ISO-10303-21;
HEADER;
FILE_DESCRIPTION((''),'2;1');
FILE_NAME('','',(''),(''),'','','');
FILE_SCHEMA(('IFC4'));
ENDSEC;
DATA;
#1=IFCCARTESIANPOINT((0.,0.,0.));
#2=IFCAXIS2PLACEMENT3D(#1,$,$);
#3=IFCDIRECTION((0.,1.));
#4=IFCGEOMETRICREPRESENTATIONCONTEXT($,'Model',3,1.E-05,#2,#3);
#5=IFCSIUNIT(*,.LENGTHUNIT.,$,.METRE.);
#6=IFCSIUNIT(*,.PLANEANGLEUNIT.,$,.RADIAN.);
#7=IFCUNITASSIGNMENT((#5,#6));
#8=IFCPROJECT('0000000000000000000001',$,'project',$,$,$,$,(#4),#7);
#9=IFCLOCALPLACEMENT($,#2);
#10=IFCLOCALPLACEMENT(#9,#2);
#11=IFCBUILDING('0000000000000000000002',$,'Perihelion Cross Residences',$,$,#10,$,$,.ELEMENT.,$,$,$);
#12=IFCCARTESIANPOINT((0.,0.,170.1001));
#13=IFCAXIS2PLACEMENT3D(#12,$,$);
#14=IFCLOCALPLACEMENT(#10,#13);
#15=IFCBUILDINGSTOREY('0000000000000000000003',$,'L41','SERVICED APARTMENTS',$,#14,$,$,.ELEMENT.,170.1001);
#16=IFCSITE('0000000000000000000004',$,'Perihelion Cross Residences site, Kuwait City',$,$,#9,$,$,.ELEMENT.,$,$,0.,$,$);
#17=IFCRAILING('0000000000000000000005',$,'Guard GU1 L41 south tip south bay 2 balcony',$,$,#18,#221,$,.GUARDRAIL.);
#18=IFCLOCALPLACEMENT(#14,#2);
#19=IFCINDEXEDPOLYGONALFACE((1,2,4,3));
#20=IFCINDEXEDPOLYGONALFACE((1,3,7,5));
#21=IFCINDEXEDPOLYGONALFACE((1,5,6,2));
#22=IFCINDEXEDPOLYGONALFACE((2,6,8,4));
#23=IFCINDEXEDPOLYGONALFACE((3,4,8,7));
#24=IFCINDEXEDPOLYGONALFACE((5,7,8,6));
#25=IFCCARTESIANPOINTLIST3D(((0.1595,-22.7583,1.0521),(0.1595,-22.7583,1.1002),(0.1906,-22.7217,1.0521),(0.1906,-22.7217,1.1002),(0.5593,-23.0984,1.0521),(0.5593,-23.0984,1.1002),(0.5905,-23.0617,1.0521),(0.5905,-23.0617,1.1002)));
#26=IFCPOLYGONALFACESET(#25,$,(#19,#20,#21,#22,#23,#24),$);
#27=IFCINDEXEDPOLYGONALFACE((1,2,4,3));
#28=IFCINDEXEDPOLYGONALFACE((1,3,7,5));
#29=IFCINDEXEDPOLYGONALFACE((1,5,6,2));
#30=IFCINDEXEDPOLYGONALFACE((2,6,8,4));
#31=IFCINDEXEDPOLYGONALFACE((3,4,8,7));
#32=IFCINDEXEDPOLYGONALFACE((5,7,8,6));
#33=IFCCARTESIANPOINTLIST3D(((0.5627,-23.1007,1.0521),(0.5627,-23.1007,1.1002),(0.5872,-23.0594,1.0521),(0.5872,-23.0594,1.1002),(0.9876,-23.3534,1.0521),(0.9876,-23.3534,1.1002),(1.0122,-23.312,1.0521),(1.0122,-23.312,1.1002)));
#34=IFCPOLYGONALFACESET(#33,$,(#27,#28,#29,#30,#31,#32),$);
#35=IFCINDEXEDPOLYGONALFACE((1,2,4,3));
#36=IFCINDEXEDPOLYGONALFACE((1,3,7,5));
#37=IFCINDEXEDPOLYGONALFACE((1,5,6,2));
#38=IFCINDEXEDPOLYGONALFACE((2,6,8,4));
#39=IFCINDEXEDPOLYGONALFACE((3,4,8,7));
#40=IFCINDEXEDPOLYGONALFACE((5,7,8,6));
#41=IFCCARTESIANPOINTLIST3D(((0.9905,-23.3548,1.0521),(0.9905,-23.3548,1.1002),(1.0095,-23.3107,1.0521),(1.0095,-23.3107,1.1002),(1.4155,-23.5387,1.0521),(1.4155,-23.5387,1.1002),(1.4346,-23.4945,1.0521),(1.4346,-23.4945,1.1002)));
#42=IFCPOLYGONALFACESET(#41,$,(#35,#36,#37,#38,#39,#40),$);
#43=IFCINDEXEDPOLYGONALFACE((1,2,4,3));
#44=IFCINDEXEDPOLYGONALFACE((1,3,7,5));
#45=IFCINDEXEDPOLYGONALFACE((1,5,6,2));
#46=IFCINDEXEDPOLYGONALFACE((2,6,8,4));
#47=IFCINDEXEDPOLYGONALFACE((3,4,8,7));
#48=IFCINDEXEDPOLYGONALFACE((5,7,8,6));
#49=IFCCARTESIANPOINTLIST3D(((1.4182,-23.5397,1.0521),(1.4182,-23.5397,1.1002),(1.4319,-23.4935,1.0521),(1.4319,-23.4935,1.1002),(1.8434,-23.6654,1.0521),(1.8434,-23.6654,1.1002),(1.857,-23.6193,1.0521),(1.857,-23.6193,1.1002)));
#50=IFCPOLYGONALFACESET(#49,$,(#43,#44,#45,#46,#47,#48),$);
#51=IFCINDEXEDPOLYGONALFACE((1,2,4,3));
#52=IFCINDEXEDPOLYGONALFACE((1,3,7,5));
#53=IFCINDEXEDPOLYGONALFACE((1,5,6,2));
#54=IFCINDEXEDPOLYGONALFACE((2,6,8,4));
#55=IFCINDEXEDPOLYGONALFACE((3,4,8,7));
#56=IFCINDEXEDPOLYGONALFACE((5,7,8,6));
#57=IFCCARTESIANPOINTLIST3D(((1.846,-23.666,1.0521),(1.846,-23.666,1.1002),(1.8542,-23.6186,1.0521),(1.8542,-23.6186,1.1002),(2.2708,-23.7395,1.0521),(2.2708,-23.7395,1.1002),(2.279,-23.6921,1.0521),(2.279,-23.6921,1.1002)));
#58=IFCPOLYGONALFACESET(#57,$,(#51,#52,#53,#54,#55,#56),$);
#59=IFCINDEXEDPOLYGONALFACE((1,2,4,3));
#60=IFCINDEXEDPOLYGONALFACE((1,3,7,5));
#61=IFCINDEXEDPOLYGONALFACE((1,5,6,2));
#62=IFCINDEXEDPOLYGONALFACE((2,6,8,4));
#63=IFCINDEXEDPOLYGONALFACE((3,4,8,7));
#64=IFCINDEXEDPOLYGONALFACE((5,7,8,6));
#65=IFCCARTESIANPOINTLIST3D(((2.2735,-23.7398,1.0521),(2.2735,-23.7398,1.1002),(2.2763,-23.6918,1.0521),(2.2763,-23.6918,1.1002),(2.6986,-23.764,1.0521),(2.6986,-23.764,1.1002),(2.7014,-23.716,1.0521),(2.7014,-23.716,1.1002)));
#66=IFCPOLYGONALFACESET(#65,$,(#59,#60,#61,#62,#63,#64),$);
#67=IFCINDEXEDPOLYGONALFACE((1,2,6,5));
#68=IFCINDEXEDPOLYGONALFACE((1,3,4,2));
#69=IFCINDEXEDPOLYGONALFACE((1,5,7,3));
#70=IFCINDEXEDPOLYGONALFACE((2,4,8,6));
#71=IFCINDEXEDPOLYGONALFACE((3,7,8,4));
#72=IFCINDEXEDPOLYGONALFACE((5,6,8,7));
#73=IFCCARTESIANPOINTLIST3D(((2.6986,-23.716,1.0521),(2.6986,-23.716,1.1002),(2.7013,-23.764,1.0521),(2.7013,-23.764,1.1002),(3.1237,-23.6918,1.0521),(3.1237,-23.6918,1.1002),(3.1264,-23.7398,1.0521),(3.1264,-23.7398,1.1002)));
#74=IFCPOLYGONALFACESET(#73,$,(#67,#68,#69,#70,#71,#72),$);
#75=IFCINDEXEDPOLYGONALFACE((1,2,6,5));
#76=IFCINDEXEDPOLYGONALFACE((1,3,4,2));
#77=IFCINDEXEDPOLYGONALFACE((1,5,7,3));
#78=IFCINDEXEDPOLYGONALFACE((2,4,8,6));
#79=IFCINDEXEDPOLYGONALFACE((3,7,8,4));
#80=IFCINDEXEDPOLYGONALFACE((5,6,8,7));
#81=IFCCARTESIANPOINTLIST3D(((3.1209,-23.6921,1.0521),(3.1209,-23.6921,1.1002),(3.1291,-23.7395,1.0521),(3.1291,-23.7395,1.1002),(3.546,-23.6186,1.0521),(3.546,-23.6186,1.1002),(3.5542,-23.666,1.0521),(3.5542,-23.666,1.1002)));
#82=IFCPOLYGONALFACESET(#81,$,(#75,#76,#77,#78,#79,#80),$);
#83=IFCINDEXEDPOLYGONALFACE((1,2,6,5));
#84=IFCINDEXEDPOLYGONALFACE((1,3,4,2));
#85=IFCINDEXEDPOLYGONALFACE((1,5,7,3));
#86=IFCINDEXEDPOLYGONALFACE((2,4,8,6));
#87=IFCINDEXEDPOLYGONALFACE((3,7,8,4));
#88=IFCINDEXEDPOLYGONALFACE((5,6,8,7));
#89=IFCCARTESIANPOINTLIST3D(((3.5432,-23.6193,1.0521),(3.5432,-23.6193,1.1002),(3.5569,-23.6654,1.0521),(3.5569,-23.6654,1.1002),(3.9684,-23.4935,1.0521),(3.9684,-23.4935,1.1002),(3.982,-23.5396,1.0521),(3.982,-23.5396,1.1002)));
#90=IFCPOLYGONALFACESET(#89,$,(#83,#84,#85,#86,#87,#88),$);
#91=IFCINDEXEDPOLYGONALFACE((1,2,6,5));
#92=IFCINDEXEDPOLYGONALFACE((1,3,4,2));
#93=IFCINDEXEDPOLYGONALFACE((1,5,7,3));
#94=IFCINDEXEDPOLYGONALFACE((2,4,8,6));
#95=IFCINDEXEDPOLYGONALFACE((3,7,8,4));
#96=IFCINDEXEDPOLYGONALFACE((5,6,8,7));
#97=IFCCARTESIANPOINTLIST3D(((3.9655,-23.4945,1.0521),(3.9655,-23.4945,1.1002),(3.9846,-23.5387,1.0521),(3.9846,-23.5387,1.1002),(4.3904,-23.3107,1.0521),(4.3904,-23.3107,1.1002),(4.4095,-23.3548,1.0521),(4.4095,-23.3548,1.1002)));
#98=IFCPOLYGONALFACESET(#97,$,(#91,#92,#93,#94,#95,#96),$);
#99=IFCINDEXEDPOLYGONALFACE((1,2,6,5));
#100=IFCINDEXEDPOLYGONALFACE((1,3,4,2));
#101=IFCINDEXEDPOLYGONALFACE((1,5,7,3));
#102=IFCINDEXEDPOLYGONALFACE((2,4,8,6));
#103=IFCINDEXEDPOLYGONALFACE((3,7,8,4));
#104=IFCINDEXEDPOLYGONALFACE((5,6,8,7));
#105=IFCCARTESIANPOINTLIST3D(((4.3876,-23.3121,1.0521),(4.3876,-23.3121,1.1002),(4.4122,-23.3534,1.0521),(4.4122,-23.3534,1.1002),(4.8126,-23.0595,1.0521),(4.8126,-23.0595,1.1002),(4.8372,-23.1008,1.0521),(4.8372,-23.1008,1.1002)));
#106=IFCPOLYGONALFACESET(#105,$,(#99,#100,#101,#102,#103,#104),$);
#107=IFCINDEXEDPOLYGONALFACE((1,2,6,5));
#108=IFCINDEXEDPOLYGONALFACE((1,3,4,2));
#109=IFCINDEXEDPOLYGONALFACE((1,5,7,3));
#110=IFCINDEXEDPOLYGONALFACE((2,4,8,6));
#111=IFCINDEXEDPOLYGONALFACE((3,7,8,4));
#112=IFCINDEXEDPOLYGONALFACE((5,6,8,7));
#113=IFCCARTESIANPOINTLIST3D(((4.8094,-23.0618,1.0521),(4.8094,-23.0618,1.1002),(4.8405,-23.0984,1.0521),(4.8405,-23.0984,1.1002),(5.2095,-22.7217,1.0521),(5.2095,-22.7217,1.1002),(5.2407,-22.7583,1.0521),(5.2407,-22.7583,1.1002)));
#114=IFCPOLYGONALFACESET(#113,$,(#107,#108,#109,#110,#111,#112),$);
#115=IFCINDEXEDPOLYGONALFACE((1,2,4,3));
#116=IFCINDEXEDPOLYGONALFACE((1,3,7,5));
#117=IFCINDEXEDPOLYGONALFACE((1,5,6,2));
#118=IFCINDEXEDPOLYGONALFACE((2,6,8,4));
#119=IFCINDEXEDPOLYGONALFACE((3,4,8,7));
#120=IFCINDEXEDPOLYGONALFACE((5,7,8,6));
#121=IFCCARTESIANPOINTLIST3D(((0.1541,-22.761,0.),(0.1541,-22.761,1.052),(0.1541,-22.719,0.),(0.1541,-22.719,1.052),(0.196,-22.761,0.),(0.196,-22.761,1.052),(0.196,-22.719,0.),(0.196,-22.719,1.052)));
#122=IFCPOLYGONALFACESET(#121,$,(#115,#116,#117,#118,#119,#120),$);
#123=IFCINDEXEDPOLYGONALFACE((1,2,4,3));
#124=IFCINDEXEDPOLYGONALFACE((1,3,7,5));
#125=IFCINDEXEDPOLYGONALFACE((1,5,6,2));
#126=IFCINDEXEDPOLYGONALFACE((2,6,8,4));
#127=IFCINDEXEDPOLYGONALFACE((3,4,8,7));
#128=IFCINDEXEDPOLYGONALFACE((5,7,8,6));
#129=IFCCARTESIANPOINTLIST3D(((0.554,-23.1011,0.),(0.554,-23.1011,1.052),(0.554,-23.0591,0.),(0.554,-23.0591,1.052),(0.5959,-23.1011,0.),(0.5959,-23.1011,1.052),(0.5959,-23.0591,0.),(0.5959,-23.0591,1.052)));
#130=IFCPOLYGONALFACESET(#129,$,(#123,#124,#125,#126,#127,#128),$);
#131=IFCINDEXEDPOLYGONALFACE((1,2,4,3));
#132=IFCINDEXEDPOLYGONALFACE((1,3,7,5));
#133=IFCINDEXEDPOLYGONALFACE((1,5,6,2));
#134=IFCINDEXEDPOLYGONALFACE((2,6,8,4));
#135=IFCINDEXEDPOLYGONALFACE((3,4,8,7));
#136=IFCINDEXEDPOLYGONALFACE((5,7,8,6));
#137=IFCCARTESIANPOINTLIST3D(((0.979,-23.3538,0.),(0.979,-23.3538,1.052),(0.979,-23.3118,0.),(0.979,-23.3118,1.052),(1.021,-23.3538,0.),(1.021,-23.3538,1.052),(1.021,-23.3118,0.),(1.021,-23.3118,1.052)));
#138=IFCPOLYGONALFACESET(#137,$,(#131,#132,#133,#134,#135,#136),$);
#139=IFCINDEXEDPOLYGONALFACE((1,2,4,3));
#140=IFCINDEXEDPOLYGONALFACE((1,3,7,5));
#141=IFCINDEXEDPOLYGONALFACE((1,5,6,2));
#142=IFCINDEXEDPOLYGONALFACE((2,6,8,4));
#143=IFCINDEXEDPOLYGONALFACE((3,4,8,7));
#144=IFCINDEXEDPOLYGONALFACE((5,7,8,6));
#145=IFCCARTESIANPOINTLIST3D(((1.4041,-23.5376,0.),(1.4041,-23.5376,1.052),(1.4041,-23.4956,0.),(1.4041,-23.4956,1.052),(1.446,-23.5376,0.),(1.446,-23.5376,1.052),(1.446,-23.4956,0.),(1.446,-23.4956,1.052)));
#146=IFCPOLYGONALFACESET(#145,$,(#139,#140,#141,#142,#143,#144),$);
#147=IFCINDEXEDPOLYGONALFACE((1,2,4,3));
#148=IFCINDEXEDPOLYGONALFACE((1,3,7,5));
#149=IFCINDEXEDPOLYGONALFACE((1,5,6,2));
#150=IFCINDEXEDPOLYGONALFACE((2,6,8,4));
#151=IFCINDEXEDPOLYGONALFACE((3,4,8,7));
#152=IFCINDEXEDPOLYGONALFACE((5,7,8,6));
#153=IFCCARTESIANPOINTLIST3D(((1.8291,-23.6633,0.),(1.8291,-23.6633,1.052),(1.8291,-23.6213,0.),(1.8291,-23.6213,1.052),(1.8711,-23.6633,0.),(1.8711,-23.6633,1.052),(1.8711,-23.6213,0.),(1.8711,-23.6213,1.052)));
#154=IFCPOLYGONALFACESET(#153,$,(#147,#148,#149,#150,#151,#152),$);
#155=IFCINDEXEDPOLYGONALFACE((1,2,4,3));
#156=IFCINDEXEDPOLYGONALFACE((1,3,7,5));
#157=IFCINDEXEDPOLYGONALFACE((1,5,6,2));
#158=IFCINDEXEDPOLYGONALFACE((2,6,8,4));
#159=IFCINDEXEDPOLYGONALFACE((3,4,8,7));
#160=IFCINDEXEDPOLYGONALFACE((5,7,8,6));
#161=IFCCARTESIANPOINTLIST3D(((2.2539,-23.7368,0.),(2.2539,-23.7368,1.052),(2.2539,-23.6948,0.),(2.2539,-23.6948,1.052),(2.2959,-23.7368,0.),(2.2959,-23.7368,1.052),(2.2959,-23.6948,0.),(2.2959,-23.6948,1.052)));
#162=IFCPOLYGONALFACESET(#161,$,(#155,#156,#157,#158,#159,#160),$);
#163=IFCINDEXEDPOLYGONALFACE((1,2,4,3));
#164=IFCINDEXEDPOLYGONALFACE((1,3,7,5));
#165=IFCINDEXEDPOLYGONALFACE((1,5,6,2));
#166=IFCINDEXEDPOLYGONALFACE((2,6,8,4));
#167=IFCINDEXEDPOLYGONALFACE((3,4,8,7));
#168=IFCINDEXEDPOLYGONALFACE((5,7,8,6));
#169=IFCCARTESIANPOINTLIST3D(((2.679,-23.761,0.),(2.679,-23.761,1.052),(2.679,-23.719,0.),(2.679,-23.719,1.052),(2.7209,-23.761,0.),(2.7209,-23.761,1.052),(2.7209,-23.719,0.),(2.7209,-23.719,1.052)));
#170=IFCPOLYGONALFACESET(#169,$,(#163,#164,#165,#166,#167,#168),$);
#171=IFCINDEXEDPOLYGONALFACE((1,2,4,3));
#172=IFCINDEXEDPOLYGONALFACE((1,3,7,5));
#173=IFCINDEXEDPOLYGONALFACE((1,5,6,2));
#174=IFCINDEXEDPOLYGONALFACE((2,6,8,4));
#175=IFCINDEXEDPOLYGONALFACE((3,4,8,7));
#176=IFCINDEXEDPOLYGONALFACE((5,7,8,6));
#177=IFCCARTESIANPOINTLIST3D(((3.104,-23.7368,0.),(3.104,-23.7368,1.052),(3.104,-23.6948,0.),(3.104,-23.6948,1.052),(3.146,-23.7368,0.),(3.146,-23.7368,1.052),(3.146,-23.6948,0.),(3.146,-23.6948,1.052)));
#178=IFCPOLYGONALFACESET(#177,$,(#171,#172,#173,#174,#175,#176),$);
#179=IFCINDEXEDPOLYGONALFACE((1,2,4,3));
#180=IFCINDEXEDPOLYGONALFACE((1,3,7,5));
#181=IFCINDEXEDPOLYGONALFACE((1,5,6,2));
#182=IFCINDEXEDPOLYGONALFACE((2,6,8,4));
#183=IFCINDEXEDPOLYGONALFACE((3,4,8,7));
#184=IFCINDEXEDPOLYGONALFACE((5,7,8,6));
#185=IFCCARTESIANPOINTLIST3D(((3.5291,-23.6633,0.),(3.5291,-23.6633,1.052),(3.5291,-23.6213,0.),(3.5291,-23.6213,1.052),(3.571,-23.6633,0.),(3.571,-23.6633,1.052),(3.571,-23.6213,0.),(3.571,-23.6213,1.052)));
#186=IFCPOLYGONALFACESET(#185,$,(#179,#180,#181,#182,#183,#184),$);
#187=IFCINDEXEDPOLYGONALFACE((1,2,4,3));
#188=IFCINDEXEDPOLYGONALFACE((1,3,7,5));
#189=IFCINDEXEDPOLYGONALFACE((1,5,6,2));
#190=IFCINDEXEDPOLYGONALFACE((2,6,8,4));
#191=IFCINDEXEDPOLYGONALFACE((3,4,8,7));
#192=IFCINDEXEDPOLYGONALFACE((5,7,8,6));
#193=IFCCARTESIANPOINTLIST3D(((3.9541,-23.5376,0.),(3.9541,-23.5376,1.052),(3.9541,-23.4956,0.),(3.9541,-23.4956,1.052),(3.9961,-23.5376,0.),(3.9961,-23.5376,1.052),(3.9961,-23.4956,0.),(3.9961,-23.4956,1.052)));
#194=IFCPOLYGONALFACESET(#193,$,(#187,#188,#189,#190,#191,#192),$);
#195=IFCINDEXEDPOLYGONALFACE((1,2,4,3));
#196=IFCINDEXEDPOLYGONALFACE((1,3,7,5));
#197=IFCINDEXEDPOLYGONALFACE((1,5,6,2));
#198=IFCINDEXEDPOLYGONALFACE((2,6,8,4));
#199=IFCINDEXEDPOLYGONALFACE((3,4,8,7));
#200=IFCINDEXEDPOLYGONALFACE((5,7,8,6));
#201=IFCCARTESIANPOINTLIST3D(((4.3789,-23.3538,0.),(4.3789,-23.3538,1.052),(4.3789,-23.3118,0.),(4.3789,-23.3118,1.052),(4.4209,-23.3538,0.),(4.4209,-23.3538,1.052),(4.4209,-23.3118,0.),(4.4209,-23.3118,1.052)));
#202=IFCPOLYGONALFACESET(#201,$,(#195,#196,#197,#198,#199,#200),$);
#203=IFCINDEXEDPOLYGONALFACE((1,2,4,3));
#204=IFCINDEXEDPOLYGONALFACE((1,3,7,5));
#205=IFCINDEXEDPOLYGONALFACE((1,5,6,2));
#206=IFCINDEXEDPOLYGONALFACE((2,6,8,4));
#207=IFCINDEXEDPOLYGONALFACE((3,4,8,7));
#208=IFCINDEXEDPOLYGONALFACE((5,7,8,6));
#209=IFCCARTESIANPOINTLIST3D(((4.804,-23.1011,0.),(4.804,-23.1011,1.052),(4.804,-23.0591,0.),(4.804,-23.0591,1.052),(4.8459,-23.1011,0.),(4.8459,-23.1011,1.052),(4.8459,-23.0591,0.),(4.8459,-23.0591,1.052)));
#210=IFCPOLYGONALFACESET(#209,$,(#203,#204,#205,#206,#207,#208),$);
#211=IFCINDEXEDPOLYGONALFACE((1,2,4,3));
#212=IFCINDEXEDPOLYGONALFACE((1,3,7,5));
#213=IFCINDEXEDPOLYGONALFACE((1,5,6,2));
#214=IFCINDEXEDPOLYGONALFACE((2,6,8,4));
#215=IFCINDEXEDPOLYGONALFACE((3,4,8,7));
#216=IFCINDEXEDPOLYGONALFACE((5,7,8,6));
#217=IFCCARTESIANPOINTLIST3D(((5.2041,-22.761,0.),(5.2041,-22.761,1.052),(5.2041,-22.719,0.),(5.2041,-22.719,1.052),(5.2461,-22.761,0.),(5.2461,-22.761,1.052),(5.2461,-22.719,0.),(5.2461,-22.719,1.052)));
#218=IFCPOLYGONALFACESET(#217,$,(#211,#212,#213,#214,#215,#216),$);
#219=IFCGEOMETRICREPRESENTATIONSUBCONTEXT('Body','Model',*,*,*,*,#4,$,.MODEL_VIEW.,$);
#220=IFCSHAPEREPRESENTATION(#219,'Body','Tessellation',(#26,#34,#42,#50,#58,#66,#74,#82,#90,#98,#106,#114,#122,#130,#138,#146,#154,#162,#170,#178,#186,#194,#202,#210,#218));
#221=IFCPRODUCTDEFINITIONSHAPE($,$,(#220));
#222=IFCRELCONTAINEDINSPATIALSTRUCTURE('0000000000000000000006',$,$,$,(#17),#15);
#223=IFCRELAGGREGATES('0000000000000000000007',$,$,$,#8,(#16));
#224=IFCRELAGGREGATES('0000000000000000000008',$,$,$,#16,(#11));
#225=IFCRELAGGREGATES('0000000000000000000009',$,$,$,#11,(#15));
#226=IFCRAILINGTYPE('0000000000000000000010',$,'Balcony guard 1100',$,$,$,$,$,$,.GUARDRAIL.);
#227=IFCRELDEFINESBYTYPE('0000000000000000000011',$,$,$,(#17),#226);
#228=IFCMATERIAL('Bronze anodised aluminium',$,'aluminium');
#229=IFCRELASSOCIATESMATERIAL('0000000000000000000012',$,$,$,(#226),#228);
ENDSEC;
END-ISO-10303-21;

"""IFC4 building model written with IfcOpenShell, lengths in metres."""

from ifc_helpers import new_model, si_unit, direction, frame, origin, origin_2d, place, context, subcontext, project, spatial, rectangle, extrude, material, type_object, element, save


model = new_model("IFC4")

# Units and contexts
model_context = context("Model", 3, precision=1e-05, world=origin(), true_north=direction((0.0, 1.0)))
body_context = subcontext(model_context, "Body", "Model", "MODEL_VIEW")
ifc_project = project(units=[si_unit("LENGTHUNIT", "METRE"), si_unit("PLANEANGLEUNIT", "RADIAN")], contexts=[model_context])

# Site, building, storey
site_placement = place(None, origin())
site = spatial("IfcSite", under=ifc_project, at=site_placement, Name="Perihelion Cross Residences site, Kuwait City", CompositionType="ELEMENT", RefElevation=0.0)
building_placement = place(site_placement, origin())
building = spatial("IfcBuilding", under=site, at=building_placement, Name="Perihelion Cross Residences", CompositionType="ELEMENT")
storey_placement = place(building_placement, frame((0.0, 0.0, 170.1001)))
storey = spatial("IfcBuildingStorey", under=building, at=storey_placement, Name="L41", Description="SERVICED APARTMENTS", CompositionType="ELEMENT", Elevation=170.1001)

# Railing
ifc_material_1 = material(Name="Bronze anodised aluminium", Category="aluminium")
railing_type = type_object("IfcRailingType", Name="Balcony guard 1100", PredefinedType="GUARDRAIL", material=ifc_material_1)
railing_placement = place(storey_placement, frame((0.175, -22.74, 0.0)))
element("IfcRailing", 1, at=railing_placement, inside=storey, type_object=railing_type, Name="Guard GU1 L41 south tip south bay 2 balcony", PredefinedType="GUARDRAIL", context=body_context, shape_type="SweptSolid", body=[
    extrude(rectangle(XDim=0.0481, YDim=0.0481, at=origin_2d()), frame((0.0, 0.0, 1.0762), z_axis=(0.761779, -0.647837, 0.0), x_axis=(0.647837, 0.761779, 0.0)), (0.0, 0.0, 1.0), 0.5249),
    extrude(rectangle(XDim=0.0481, YDim=0.0481, at=origin_2d()), frame((0.3999, -0.3401, 1.0762), z_axis=(0.859577, -0.511006, 0.0), x_axis=(0.511006, 0.859577, 0.0)), (0.0, 0.0, 1.0), 0.4944),
    extrude(rectangle(XDim=0.0481, YDim=0.0481, at=origin_2d()), frame((0.825, -0.5928, 1.0762), z_axis=(0.917831, -0.396971, 0.0), x_axis=(0.396971, 0.917831, 0.0)), (0.0, 0.0, 1.0), 0.4631),
    extrude(rectangle(XDim=0.0481, YDim=0.0481, at=origin_2d()), frame((1.25, -0.7766, 1.0762), z_axis=(0.958926, -0.283657, 0.0), x_axis=(0.283657, 0.958926, 0.0)), (0.0, 0.0, 1.0), 0.4434),
    extrude(rectangle(XDim=0.0481, YDim=0.0481, at=origin_2d()), frame((1.675, -0.9023, 1.0762), z_axis=(0.985365, -0.170457, 0.0), x_axis=(0.170457, 0.985365, 0.0)), (0.0, 0.0, 1.0), 0.4312),
    extrude(rectangle(XDim=0.0481, YDim=0.0481, at=origin_2d()), frame((2.0999, -0.9758, 1.0762), z_axis=(0.998387, -0.056772, 0.0), x_axis=(0.056772, 0.998387, 0.0)), (0.0, 0.0, 1.0), 0.4258),
    extrude(rectangle(XDim=0.0481, YDim=0.0481, at=origin_2d()), frame((2.5249, -1.0, 1.0762), z_axis=(0.998387, 0.056772, 0.0), x_axis=(-0.056772, 0.998387, 0.0)), (0.0, 0.0, 1.0), 0.4258),
    extrude(rectangle(XDim=0.0481, YDim=0.0481, at=origin_2d()), frame((2.95, -0.9758, 1.0762), z_axis=(0.985382, 0.170362, 0.0), x_axis=(-0.170362, 0.985382, 0.0)), (0.0, 0.0, 1.0), 0.4314),
    extrude(rectangle(XDim=0.0481, YDim=0.0481, at=origin_2d()), frame((3.375, -0.9023, 1.0762), z_axis=(0.958926, 0.283657, 0.0), x_axis=(-0.283657, 0.958926, 0.0)), (0.0, 0.0, 1.0), 0.4434),
    extrude(rectangle(XDim=0.0481, YDim=0.0481, at=origin_2d()), frame((3.8, -0.7766, 1.0762), z_axis=(0.917748, 0.397163, 0.0), x_axis=(-0.397163, 0.917748, 0.0)), (0.0, 0.0, 1.0), 0.4629),
    extrude(rectangle(XDim=0.0481, YDim=0.0481, at=origin_2d()), frame((4.2249, -0.5928, 1.0762), z_axis=(0.859577, 0.511006, 0.0), x_axis=(-0.511006, 0.859577, 0.0)), (0.0, 0.0, 1.0), 0.4944),
    extrude(rectangle(XDim=0.0481, YDim=0.0481, at=origin_2d()), frame((4.6499, -0.3401, 1.0762), z_axis=(0.761974, 0.647608, 0.0), x_axis=(-0.647608, 0.761974, 0.0)), (0.0, 0.0, 1.0), 0.5251),
    extrude(rectangle(XDim=0.042, YDim=0.042, at=origin_2d()), origin(), (0.0, 0.0, 1.0), 1.052),
    extrude(rectangle(XDim=0.042, YDim=0.042, at=origin_2d()), frame((0.3999, -0.3401, 0.0)), (0.0, 0.0, 1.0), 1.052),
    extrude(rectangle(XDim=0.042, YDim=0.042, at=origin_2d()), frame((0.825, -0.5928, 0.0)), (0.0, 0.0, 1.0), 1.052),
    extrude(rectangle(XDim=0.042, YDim=0.042, at=origin_2d()), frame((1.25, -0.7766, 0.0)), (0.0, 0.0, 1.0), 1.052),
    extrude(rectangle(XDim=0.042, YDim=0.042, at=origin_2d()), frame((1.675, -0.9023, 0.0)), (0.0, 0.0, 1.0), 1.052),
    extrude(rectangle(XDim=0.042, YDim=0.042, at=origin_2d()), frame((2.0999, -0.9758, 0.0)), (0.0, 0.0, 1.0), 1.052),
    extrude(rectangle(XDim=0.042, YDim=0.042, at=origin_2d()), frame((2.5249, -1.0, 0.0)), (0.0, 0.0, 1.0), 1.052),
    extrude(rectangle(XDim=0.042, YDim=0.042, at=origin_2d()), frame((2.95, -0.9758, 0.0)), (0.0, 0.0, 1.0), 1.052),
    extrude(rectangle(XDim=0.042, YDim=0.042, at=origin_2d()), frame((3.375, -0.9023, 0.0)), (0.0, 0.0, 1.0), 1.052),
    extrude(rectangle(XDim=0.042, YDim=0.042, at=origin_2d()), frame((3.8, -0.7766, 0.0)), (0.0, 0.0, 1.0), 1.052),
    extrude(rectangle(XDim=0.042, YDim=0.042, at=origin_2d()), frame((4.2249, -0.5928, 0.0)), (0.0, 0.0, 1.0), 1.052),
    extrude(rectangle(XDim=0.042, YDim=0.042, at=origin_2d()), frame((4.6499, -0.3401, 0.0)), (0.0, 0.0, 1.0), 1.052),
    extrude(rectangle(XDim=0.042, YDim=0.042, at=origin_2d()), frame((5.05, 0.0, 0.0)), (0.0, 0.0, 1.0), 1.052),
])

save(model, "model.ifc")
